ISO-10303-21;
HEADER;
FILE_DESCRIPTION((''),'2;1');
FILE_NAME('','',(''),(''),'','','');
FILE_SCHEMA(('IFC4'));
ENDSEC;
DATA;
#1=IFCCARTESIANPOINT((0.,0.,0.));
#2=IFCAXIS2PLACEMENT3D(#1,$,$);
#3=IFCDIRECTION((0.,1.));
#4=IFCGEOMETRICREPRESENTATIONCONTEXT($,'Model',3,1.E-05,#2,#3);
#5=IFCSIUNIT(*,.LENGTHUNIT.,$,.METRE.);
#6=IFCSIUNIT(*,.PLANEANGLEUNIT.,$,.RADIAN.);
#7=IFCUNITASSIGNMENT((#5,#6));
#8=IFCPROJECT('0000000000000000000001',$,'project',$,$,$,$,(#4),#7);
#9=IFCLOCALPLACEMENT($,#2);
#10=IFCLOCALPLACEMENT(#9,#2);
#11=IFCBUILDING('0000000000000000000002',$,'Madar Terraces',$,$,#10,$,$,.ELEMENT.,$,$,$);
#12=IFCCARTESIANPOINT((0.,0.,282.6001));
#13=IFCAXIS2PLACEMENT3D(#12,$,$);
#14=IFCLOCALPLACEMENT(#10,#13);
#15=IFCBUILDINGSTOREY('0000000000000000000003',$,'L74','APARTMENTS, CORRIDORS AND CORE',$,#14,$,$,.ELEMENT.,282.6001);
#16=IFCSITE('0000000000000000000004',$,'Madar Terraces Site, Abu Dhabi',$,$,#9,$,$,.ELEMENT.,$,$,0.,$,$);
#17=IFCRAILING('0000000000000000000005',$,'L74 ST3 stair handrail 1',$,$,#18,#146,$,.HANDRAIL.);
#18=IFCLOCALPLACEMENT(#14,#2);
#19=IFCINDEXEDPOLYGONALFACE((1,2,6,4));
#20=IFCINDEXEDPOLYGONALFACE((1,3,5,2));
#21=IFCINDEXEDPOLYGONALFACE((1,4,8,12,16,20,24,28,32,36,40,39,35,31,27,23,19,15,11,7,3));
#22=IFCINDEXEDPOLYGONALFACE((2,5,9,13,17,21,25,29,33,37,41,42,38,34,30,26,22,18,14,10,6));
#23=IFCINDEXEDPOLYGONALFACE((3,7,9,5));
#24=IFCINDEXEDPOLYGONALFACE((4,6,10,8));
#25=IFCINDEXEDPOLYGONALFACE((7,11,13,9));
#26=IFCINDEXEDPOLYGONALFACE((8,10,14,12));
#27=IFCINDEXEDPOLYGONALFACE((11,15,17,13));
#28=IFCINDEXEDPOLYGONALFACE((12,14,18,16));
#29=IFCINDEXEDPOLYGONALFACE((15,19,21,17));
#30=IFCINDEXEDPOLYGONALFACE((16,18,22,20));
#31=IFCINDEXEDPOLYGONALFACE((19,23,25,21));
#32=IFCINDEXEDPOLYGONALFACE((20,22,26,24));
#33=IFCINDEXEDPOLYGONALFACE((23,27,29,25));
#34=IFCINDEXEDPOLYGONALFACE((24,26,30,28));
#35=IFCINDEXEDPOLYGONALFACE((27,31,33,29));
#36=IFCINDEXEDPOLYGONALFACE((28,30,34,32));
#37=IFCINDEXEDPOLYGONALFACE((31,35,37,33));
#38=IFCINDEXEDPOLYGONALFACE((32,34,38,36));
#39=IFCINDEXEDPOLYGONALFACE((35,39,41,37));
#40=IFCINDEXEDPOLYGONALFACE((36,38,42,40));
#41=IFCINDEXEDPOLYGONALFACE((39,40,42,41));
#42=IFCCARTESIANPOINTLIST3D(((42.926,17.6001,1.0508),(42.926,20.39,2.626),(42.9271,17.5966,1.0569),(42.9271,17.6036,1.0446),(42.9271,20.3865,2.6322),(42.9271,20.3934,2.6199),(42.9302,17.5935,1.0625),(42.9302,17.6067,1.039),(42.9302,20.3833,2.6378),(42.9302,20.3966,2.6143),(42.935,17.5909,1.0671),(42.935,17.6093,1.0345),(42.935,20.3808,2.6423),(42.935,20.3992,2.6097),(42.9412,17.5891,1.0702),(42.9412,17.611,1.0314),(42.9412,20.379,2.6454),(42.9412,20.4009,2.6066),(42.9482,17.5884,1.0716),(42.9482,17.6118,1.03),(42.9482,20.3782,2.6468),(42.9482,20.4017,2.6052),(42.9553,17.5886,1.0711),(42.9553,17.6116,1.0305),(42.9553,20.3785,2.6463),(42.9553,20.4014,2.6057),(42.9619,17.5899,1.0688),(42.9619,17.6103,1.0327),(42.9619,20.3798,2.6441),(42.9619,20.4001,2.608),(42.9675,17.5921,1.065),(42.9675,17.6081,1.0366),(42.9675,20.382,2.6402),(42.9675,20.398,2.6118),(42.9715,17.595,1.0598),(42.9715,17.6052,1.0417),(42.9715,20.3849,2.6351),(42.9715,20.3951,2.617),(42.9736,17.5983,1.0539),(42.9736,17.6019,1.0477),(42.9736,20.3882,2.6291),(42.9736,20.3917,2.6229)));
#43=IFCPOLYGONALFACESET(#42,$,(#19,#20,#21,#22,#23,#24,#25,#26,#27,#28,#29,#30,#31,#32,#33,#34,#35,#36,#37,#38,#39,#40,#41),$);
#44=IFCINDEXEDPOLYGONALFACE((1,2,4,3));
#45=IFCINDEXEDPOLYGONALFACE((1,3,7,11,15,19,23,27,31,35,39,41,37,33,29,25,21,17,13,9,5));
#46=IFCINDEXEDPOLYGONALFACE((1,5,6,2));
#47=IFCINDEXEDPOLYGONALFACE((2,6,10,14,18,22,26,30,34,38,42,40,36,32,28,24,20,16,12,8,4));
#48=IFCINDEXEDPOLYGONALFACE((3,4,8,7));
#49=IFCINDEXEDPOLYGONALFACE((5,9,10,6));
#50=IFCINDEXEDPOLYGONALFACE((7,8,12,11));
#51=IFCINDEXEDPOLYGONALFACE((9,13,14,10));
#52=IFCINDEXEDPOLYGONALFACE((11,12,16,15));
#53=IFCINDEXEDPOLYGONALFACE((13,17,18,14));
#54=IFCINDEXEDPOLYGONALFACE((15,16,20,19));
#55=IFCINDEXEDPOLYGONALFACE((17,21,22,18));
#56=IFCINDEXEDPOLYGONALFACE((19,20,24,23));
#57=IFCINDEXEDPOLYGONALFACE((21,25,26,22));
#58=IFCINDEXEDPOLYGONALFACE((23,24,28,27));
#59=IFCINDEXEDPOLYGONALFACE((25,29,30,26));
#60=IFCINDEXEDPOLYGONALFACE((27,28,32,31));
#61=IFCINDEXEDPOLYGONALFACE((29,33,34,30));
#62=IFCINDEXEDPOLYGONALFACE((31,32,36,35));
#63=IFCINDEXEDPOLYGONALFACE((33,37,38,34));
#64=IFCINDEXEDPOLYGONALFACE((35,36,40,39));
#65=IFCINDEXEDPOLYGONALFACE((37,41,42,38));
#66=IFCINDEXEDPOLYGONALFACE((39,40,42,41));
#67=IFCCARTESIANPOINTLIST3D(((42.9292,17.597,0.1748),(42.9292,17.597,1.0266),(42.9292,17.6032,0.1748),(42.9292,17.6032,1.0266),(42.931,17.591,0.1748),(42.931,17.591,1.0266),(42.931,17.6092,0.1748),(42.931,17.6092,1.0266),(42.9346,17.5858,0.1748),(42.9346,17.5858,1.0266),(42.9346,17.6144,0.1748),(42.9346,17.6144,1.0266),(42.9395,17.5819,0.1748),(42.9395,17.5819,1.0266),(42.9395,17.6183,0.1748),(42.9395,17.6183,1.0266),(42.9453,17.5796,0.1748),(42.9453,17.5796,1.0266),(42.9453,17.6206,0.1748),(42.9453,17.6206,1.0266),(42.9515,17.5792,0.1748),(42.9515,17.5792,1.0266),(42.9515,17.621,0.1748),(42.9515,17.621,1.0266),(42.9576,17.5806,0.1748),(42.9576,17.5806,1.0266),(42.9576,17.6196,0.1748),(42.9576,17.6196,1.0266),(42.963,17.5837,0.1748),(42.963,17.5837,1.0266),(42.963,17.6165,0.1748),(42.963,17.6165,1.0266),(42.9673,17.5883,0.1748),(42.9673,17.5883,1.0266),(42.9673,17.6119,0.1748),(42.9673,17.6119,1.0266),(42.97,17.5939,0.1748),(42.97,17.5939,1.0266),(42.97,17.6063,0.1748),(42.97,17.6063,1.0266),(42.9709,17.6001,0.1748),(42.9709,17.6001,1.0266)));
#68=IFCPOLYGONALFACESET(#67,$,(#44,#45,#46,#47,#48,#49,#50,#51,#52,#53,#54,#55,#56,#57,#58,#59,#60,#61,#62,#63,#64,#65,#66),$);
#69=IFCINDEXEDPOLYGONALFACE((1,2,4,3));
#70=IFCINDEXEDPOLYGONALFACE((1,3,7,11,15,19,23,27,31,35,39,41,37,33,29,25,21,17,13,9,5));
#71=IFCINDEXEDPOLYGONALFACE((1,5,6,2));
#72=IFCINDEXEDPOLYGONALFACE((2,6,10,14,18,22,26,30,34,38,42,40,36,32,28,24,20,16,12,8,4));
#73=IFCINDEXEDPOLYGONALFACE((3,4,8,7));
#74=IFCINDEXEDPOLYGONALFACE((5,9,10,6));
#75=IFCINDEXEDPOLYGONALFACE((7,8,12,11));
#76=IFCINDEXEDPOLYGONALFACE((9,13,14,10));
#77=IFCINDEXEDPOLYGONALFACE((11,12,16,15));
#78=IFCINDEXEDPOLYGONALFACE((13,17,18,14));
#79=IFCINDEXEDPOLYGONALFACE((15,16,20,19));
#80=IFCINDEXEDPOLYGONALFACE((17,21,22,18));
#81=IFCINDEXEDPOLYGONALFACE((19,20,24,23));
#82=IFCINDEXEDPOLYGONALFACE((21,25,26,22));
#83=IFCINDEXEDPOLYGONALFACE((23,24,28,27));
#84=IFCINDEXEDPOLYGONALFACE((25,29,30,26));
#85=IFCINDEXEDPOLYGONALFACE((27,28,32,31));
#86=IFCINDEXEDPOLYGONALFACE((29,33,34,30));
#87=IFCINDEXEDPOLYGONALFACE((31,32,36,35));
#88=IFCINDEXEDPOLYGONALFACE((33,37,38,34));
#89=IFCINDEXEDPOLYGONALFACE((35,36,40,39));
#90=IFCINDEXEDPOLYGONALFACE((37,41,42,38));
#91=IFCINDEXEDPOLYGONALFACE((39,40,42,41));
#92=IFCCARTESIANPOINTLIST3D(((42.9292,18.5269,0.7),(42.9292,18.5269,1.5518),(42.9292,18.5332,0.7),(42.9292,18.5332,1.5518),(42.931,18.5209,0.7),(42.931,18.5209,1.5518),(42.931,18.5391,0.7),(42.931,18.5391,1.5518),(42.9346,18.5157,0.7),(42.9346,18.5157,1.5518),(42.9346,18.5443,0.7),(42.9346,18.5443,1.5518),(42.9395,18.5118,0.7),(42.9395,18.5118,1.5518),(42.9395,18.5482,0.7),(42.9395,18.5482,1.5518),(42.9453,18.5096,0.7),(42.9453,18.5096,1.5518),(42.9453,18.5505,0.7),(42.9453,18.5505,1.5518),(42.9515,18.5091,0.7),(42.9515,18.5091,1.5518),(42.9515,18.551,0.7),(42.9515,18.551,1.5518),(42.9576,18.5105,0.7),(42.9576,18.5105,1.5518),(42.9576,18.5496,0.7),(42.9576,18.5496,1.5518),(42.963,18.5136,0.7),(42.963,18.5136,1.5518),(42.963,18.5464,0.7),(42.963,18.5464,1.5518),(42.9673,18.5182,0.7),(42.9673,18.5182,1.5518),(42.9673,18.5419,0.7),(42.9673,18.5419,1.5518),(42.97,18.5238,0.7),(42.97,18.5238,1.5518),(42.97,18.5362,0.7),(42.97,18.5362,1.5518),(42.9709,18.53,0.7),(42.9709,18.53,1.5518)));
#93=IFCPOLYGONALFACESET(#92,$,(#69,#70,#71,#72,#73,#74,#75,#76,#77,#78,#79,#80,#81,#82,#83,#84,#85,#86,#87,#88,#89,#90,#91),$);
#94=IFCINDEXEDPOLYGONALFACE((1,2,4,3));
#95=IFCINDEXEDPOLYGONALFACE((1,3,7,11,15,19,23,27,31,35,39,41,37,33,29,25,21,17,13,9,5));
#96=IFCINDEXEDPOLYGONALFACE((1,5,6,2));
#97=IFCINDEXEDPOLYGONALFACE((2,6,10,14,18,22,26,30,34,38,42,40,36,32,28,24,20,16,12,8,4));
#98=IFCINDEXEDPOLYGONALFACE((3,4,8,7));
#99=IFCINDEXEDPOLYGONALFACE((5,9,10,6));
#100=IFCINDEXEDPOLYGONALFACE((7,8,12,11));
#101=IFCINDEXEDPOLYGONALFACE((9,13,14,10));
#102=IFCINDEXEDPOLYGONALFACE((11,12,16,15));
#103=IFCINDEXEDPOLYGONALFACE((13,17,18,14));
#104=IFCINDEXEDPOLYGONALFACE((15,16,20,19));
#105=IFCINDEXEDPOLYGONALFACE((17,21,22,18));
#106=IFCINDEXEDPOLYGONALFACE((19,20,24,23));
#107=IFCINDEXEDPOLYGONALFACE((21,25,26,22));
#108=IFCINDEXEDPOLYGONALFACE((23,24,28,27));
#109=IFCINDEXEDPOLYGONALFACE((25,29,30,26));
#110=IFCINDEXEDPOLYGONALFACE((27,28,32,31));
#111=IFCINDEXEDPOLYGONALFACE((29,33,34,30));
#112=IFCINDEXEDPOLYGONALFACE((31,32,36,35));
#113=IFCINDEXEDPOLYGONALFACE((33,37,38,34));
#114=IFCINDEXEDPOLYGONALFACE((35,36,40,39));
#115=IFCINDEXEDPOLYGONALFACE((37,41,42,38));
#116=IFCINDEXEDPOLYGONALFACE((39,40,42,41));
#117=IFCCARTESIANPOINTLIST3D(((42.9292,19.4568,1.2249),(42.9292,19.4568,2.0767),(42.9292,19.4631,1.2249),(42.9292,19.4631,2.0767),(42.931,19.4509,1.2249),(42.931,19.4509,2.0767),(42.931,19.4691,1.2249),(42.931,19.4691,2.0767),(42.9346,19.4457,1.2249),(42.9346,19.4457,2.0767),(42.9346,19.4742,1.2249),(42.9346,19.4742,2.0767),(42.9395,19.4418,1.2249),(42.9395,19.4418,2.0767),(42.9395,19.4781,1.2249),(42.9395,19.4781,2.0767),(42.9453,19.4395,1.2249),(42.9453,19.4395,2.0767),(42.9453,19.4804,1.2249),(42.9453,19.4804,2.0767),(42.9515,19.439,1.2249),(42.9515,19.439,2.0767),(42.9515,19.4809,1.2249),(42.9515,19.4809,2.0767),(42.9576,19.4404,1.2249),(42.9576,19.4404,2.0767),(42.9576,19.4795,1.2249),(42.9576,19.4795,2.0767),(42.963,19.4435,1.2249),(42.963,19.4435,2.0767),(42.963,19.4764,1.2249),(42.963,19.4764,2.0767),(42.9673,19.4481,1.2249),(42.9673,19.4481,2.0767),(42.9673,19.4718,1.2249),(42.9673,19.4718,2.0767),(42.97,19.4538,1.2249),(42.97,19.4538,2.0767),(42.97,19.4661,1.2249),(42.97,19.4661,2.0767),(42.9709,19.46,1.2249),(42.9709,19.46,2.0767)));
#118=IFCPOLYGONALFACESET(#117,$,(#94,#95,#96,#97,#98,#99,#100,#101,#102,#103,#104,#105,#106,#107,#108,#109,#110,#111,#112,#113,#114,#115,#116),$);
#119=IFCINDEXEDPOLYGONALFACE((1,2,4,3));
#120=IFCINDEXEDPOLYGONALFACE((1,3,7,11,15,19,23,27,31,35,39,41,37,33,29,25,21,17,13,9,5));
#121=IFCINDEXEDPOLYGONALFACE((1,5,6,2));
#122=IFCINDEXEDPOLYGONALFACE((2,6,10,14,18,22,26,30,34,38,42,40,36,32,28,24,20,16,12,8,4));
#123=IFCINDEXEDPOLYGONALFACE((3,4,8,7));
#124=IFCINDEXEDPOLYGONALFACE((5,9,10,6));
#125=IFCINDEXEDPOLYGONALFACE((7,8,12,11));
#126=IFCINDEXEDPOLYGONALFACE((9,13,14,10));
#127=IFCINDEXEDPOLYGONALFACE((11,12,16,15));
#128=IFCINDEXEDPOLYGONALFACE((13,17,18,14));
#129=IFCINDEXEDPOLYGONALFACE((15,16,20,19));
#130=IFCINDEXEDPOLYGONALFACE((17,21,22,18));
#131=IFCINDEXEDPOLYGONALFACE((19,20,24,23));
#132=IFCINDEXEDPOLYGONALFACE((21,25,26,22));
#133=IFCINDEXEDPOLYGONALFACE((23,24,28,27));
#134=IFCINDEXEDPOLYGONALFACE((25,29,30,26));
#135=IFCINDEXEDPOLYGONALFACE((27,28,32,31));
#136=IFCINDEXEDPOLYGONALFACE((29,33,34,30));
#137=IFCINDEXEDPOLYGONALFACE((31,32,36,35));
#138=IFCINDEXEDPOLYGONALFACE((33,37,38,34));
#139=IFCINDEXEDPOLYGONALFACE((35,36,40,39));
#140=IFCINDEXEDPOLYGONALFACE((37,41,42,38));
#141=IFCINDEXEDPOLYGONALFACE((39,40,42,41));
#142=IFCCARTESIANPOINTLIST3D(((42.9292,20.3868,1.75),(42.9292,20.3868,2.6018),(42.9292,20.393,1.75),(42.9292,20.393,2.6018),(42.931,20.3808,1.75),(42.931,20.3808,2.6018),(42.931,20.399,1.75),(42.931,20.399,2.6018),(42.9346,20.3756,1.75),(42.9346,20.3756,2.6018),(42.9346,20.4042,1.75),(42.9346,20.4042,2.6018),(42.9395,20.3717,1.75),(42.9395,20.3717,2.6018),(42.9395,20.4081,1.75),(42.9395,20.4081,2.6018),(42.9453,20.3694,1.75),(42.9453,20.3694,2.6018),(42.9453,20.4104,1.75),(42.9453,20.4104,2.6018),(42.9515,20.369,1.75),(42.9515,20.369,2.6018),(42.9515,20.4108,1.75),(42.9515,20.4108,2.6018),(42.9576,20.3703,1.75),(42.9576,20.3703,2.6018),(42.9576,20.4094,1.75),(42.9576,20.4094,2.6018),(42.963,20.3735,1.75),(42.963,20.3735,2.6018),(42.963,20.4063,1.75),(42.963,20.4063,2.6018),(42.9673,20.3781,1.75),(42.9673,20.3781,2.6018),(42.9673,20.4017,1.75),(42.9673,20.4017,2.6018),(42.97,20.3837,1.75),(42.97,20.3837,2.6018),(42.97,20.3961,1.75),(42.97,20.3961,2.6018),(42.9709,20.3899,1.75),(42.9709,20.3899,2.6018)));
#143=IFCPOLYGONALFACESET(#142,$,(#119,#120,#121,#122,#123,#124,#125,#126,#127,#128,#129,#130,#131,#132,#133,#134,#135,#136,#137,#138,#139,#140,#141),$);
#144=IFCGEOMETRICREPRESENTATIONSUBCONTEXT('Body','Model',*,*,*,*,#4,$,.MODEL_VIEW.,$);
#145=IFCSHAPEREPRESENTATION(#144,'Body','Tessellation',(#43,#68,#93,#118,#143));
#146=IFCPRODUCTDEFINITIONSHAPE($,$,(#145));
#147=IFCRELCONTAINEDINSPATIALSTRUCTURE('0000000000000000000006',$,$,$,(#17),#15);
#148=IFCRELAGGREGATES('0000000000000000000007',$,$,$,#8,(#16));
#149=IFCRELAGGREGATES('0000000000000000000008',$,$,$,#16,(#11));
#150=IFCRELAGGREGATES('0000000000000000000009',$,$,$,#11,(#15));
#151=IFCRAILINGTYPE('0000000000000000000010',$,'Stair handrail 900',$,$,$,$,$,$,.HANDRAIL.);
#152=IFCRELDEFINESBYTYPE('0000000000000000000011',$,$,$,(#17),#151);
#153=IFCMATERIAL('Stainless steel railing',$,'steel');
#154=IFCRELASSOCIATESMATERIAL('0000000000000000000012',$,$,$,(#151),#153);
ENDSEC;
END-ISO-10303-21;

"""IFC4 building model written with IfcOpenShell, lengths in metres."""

from ifc_helpers import new_model, si_unit, direction, frame, origin, origin_2d, place, context, subcontext, project, spatial, circle, extrude, material, type_object, element, save


model = new_model("IFC4")

# Units and contexts
model_context = context("Model", 3, precision=1e-05, world=origin(), true_north=direction((0.0, 1.0)))
body_context = subcontext(model_context, "Body", "Model", "MODEL_VIEW")
ifc_project = project(units=[si_unit("LENGTHUNIT", "METRE"), si_unit("PLANEANGLEUNIT", "RADIAN")], contexts=[model_context])

# Site, building, storey
site_placement = place(None, origin())
site = spatial("IfcSite", under=ifc_project, at=site_placement, Name="Madar Terraces Site, Abu Dhabi", CompositionType="ELEMENT", RefElevation=0.0)
building_placement = place(site_placement, origin())
building = spatial("IfcBuilding", under=site, at=building_placement, Name="Madar Terraces", CompositionType="ELEMENT")
storey_placement = place(building_placement, frame((0.0, 0.0, 282.6001)))
storey = spatial("IfcBuildingStorey", under=building, at=storey_placement, Name="L74", Description="APARTMENTS, CORRIDORS AND CORE", CompositionType="ELEMENT", Elevation=282.6001)

# Railing
ifc_material_1 = material(Name="Stainless steel railing", Category="steel")
railing_type_1 = type_object("IfcRailingType", Name="Stair handrail 900", PredefinedType="HANDRAIL", material=ifc_material_1)
railing_1_placement = place(storey_placement, frame((42.95, 17.6001, 0.1748)))
element("IfcRailing", 1, at=railing_1_placement, inside=storey, type_object=railing_type_1, Name="L74 ST3 stair handrail 1", PredefinedType="HANDRAIL", context=body_context, shape_type="SweptSolid", body=[
    extrude(circle(Radius=0.0239, at=origin_2d()), frame((0.0, 0.0, 0.876), z_axis=(0.0, 0.870783, 0.491668), x_axis=(-1.0, 0.0, 0.0)), (0.0, 0.0, 1.0), 3.2039),
    extrude(circle(Radius=0.021, at=origin_2d()), origin(), (0.0, 0.0, 1.0), 0.8518),
    extrude(circle(Radius=0.021, at=origin_2d()), frame((0.0, 0.9299, 0.5251)), (0.0, 0.0, 1.0), 0.8518),
    extrude(circle(Radius=0.021, at=origin_2d()), frame((0.0, 1.8599, 1.05)), (0.0, 0.0, 1.0), 0.8518),
    extrude(circle(Radius=0.021, at=origin_2d()), frame((0.0, 2.7898, 1.5752)), (0.0, 0.0, 1.0), 0.8518),
])

save(model, "model.ifc")
